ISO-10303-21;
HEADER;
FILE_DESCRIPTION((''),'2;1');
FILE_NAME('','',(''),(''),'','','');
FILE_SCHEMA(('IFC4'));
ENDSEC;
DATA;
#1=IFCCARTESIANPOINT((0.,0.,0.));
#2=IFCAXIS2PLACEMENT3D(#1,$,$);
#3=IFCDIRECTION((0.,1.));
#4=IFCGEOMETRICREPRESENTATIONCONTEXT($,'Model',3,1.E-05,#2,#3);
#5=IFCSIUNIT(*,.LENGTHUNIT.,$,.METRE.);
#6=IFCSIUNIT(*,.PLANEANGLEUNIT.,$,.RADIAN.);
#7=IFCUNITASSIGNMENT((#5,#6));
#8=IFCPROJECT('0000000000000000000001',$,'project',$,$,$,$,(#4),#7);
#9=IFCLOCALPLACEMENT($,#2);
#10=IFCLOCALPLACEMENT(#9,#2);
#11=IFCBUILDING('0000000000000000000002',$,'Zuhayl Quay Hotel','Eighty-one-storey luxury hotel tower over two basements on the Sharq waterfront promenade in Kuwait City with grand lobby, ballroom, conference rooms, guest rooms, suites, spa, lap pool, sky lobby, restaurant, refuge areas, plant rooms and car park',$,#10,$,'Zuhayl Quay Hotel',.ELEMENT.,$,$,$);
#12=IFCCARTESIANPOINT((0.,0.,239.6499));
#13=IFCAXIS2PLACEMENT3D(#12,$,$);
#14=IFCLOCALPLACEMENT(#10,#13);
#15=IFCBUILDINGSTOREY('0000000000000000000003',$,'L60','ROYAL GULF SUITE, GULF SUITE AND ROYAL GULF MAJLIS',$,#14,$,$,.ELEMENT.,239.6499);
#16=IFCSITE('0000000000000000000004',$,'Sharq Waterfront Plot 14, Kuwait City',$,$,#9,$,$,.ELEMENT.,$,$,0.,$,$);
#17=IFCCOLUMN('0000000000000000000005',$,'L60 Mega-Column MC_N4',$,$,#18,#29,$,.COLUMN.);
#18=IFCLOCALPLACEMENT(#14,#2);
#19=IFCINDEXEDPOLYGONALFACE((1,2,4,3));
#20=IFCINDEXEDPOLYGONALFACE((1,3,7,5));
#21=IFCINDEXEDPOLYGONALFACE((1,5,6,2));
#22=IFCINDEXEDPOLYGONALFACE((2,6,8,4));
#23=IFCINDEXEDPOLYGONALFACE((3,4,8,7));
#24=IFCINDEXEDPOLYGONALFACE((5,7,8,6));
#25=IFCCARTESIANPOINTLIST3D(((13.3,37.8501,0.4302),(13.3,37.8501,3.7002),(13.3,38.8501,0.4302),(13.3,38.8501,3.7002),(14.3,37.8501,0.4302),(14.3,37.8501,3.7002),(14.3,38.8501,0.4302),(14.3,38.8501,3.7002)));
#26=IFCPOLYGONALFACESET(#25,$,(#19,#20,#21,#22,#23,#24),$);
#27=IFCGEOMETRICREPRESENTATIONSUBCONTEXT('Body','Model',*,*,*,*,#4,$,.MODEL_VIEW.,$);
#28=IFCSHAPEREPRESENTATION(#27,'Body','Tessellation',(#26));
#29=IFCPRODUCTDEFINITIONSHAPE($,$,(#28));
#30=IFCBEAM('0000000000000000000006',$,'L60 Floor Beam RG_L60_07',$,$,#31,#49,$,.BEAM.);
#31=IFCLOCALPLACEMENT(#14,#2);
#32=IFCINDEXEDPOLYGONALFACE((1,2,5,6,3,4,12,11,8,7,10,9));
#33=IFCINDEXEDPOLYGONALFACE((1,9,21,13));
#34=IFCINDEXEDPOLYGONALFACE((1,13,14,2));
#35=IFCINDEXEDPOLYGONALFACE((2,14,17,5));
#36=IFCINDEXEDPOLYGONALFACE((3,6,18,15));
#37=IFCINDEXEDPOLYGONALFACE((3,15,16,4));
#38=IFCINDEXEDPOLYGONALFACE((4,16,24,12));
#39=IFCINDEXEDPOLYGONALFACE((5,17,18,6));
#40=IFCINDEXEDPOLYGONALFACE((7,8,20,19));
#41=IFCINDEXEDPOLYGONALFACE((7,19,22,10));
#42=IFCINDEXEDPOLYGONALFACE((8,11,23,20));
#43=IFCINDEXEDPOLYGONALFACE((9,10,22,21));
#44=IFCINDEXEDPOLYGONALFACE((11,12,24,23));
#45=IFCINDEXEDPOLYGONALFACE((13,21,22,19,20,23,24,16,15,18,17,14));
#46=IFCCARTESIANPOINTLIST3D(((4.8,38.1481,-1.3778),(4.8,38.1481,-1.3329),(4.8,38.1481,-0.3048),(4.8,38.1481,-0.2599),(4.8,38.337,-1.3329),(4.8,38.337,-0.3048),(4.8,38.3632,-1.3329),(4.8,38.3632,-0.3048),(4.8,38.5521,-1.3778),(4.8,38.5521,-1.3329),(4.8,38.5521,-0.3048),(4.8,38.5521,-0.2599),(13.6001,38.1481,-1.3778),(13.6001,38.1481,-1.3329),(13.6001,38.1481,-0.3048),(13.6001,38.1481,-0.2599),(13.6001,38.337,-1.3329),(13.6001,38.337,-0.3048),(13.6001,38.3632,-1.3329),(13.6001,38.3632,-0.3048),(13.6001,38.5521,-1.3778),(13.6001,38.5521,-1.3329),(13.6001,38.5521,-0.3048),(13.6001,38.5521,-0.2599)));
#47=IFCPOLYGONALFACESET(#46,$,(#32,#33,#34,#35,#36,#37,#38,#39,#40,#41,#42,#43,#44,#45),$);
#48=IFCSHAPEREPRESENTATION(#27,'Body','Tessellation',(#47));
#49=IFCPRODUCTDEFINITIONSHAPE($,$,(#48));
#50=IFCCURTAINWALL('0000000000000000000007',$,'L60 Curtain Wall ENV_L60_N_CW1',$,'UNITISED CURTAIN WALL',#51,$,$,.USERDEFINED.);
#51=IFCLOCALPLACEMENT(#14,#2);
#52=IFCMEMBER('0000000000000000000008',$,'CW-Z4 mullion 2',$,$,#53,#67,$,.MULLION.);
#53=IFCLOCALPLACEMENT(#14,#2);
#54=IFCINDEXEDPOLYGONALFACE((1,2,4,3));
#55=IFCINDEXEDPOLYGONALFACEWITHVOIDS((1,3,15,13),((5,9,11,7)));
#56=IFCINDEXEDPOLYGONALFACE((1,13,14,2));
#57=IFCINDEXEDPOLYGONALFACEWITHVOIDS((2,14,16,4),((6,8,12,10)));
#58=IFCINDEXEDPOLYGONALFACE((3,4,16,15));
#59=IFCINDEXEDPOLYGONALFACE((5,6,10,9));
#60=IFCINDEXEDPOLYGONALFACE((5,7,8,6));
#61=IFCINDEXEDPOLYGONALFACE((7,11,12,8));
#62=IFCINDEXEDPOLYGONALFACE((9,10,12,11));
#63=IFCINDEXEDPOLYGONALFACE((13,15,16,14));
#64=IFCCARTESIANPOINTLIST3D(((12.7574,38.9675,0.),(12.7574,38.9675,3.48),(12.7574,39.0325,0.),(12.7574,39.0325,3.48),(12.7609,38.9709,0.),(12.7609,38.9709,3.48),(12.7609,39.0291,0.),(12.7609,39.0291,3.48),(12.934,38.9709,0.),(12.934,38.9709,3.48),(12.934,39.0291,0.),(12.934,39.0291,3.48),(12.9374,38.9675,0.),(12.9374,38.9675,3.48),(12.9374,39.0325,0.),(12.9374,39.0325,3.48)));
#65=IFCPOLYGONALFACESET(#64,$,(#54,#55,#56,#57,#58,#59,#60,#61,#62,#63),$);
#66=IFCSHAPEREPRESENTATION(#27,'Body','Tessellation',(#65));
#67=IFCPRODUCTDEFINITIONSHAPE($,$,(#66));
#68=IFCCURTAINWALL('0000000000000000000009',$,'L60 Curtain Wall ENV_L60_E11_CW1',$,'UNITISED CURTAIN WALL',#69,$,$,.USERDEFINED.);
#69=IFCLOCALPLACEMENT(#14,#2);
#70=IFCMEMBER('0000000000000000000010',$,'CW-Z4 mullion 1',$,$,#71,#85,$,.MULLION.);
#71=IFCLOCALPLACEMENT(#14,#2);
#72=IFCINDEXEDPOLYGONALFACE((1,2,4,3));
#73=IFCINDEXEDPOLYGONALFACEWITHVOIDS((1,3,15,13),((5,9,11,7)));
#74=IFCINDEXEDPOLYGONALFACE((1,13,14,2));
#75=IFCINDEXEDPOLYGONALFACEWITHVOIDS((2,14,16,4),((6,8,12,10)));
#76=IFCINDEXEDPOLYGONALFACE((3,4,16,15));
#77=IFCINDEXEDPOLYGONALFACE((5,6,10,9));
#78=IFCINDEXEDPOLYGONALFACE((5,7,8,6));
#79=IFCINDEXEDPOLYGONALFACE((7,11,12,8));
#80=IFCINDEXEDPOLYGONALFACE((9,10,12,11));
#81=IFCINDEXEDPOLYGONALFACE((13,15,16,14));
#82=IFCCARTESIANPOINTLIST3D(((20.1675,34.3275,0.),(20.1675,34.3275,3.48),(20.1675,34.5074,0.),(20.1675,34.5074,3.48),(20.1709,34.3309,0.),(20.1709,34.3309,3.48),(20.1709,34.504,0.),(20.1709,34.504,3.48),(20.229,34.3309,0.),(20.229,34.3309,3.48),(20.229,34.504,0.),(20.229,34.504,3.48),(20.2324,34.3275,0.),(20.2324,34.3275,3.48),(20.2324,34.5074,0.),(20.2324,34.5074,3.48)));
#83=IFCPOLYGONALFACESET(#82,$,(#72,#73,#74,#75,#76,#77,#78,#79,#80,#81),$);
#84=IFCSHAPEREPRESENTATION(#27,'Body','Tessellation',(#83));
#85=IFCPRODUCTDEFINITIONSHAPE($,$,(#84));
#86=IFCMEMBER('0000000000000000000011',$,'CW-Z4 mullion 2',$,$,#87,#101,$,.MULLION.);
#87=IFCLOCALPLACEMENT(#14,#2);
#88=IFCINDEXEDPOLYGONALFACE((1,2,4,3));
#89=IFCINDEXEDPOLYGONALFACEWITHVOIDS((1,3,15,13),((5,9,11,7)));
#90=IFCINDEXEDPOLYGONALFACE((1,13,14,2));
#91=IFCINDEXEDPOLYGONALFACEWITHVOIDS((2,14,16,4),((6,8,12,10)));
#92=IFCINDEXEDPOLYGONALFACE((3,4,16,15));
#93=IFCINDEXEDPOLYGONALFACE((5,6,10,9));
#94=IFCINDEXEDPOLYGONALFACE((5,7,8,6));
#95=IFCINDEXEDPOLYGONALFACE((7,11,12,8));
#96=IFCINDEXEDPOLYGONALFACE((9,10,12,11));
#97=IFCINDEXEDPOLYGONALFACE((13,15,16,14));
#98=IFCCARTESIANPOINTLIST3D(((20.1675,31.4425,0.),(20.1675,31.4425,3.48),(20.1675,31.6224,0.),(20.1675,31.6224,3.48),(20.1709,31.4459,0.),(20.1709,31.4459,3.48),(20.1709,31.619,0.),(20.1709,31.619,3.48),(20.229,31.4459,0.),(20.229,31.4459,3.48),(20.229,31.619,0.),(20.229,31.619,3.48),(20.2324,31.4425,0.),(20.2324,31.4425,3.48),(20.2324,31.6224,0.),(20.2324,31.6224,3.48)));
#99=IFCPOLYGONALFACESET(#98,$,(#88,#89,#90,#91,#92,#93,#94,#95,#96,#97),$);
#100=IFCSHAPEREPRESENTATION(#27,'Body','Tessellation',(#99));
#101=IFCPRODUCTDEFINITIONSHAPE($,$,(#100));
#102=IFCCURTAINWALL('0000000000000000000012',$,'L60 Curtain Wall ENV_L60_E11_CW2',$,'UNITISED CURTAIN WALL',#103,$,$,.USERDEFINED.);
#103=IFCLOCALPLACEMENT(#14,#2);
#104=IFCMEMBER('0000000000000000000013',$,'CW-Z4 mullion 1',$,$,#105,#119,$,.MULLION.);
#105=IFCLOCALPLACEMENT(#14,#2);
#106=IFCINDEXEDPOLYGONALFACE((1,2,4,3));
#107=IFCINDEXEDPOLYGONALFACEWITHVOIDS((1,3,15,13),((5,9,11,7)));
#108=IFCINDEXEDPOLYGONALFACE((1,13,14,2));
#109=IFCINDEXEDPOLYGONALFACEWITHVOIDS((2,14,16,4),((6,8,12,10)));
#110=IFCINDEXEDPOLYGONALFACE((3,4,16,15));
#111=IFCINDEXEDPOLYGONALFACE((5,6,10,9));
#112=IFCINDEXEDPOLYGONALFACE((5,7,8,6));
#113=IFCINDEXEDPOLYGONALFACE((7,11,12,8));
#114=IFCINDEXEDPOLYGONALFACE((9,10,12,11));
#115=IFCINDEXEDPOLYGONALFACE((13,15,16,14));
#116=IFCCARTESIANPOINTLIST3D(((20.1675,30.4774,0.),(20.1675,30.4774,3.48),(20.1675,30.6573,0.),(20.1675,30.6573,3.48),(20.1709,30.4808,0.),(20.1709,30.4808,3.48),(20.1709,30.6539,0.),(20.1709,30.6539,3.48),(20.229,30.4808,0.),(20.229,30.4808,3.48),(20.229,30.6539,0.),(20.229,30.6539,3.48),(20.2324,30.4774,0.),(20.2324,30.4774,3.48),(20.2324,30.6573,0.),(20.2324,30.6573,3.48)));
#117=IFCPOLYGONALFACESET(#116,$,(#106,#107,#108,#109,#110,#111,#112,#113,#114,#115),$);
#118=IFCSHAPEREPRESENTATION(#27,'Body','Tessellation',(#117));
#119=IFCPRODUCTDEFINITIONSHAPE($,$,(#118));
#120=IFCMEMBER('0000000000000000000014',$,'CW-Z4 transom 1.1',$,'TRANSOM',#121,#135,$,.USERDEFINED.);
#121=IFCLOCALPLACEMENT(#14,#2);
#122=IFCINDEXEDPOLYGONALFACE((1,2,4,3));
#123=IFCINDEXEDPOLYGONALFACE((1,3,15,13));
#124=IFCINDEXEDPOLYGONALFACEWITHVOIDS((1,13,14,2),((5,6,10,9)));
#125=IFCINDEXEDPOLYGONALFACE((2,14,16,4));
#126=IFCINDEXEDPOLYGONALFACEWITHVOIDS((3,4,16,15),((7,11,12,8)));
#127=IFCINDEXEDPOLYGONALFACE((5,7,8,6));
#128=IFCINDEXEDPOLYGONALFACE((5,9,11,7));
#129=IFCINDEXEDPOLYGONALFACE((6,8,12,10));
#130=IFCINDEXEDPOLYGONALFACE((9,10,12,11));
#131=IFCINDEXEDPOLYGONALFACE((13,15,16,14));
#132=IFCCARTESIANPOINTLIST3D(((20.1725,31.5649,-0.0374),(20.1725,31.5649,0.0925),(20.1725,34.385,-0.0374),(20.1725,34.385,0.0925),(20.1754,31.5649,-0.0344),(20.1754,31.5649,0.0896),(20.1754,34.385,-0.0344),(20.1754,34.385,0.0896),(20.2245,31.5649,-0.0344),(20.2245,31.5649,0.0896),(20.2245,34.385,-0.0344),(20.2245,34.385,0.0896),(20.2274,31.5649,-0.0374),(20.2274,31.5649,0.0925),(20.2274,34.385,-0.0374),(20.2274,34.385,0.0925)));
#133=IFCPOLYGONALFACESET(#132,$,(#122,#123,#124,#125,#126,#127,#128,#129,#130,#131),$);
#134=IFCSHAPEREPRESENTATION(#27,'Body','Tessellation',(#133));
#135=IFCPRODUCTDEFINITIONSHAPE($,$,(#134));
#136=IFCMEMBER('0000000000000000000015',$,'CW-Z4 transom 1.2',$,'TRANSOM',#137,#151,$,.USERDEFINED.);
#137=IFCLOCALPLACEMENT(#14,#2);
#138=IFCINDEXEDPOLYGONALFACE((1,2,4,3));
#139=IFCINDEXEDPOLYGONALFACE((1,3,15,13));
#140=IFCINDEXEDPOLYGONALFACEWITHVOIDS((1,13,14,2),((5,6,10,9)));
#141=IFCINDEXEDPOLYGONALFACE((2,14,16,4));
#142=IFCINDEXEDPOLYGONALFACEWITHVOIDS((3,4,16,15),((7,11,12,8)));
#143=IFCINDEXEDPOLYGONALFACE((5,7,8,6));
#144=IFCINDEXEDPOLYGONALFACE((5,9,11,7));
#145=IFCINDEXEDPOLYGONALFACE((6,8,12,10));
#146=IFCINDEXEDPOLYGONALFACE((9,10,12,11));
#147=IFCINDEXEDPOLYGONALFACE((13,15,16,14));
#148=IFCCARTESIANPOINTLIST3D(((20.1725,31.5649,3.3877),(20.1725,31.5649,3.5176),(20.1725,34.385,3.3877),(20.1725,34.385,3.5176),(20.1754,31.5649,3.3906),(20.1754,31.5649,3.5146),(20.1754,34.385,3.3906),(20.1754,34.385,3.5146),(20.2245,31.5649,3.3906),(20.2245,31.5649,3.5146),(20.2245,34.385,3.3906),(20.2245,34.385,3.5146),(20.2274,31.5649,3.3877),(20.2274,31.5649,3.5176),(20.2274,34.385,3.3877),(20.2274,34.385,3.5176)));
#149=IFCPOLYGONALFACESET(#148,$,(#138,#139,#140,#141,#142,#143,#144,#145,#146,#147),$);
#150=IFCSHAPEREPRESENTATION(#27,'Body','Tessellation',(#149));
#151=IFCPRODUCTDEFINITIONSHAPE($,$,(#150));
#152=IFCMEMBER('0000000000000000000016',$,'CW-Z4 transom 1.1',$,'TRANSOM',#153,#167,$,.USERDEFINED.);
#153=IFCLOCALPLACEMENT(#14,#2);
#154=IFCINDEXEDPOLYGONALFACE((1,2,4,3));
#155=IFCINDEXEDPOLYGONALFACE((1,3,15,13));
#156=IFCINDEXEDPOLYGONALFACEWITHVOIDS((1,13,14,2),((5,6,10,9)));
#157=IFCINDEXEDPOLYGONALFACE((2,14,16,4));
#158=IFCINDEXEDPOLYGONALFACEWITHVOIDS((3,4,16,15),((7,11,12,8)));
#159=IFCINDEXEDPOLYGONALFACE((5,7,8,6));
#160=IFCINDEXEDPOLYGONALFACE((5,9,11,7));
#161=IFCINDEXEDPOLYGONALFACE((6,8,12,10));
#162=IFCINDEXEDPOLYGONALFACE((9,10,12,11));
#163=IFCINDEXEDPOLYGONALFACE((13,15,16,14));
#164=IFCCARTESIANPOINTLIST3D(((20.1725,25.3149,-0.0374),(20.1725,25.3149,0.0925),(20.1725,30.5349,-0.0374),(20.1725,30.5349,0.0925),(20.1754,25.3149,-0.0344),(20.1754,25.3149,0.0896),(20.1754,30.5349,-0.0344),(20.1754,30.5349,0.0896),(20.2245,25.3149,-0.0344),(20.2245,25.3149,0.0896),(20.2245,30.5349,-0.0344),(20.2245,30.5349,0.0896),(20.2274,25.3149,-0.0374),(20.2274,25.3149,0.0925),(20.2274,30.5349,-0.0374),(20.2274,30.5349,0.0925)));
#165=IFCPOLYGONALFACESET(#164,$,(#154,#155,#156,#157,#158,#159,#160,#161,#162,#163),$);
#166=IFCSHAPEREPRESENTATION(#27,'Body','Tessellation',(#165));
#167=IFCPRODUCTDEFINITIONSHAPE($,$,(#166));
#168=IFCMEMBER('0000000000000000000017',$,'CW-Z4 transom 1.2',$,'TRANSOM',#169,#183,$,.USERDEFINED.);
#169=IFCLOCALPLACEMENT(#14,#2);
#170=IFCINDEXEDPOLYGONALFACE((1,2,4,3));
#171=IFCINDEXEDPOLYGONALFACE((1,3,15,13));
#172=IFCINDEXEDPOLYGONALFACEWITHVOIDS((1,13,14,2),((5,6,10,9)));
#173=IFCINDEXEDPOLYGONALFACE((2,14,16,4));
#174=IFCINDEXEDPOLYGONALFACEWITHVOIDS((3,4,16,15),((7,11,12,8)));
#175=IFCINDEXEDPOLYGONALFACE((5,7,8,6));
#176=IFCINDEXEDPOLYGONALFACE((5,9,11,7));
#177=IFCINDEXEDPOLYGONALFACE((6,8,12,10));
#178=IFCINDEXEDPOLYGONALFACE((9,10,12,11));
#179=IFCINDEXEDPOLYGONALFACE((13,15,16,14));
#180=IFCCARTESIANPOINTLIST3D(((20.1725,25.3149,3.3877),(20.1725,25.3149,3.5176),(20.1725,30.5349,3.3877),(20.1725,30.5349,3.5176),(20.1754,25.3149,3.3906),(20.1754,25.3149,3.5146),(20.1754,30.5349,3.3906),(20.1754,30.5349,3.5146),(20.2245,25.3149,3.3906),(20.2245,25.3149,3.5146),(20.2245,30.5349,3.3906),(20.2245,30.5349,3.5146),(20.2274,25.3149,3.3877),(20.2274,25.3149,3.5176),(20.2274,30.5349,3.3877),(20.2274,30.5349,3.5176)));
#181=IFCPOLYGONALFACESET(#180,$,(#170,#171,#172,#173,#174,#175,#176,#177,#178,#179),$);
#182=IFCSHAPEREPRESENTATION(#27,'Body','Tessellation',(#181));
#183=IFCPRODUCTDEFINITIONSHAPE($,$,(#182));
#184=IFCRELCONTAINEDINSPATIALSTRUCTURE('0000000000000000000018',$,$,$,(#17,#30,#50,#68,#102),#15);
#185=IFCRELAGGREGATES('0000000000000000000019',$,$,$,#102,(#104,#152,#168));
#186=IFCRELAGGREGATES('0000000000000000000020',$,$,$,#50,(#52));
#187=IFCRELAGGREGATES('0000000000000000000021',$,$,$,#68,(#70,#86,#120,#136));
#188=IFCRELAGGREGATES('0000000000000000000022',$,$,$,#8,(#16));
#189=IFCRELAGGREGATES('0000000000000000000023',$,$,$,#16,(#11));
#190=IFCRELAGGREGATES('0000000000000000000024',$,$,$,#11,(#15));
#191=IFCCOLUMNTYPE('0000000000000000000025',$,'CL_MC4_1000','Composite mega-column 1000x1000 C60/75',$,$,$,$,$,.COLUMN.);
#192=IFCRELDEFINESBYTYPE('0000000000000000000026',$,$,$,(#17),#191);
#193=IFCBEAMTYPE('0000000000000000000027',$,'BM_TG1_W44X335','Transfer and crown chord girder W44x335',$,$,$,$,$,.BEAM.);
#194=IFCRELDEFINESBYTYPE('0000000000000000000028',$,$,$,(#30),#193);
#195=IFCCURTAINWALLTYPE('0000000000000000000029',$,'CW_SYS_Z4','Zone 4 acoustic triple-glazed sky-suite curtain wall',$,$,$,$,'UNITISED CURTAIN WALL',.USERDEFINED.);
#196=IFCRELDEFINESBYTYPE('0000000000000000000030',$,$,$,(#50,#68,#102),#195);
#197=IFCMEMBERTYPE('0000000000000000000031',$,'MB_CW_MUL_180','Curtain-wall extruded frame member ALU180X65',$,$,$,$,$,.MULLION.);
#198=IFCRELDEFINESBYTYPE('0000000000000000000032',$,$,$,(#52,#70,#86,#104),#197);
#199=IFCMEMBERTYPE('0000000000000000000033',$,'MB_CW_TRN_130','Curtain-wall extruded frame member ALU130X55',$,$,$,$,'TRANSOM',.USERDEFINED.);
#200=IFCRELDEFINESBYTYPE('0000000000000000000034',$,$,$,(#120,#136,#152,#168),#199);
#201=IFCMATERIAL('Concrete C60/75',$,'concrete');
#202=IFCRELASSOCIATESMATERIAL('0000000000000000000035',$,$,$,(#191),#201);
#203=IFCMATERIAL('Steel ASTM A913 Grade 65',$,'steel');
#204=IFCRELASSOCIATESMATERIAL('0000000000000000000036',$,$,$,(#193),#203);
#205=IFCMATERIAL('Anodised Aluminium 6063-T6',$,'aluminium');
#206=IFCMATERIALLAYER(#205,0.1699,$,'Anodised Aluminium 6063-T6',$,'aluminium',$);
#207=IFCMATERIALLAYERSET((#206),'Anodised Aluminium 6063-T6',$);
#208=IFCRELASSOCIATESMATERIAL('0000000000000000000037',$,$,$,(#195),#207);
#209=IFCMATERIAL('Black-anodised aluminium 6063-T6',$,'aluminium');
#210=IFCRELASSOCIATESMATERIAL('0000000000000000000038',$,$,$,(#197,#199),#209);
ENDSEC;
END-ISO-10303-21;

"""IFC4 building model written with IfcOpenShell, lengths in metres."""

from ifc_helpers import new_model, si_unit, direction, frame, origin, origin_2d, place, context, subcontext, project, spatial, rectangle, hollow_rectangle, i_section, extrude, material, layer, layer_set, material_profile, profile_set, type_object, element, aggregate, save


model = new_model("IFC4")

# Units and contexts
model_context = context("Model", 3, precision=1e-05, world=origin(), true_north=direction((0.0, 1.0)))
body_context = subcontext(model_context, "Body", "Model", "MODEL_VIEW")
ifc_project = project(units=[si_unit("LENGTHUNIT", "METRE"), si_unit("PLANEANGLEUNIT", "RADIAN")], contexts=[model_context])

# Site, building, storey
site_placement = place(None, origin())
site = spatial("IfcSite", under=ifc_project, at=site_placement, Name="Sharq Waterfront Plot 14, Kuwait City", CompositionType="ELEMENT", RefElevation=0.0)
building_placement = place(site_placement, origin())
building = spatial("IfcBuilding", under=site, at=building_placement, Name="Zuhayl Quay Hotel", Description="Eighty-one-storey luxury hotel tower over two basements on the Sharq waterfront promenade in Kuwait City with grand lobby, ballroom, conference rooms, guest rooms, suites, spa, lap pool, sky lobby, restaurant, refuge areas, plant rooms and car park", LongName="Zuhayl Quay Hotel", CompositionType="ELEMENT")
storey_placement = place(building_placement, frame((0.0, 0.0, 239.6499)))
storey = spatial("IfcBuildingStorey", under=building, at=storey_placement, Name="L60", Description="ROYAL GULF SUITE, GULF SUITE AND ROYAL GULF MAJLIS", CompositionType="ELEMENT", Elevation=239.6499)

# Column
ifc_material_1 = material(Name="Concrete C60/75", Category="concrete")
ifc_material_profile_1 = material_profile(ifc_material_1, rectangle(XDim=1.0, YDim=1.0, at=origin_2d()), Name="RC1000X1000")
ifc_profile_set_1 = profile_set([ifc_material_profile_1], Name="Concrete C60/75")
column_type = type_object("IfcColumnType", Name="CL_MC4_1000", Description="Composite mega-column 1000x1000 C60/75", PredefinedType="COLUMN", material=ifc_profile_set_1)
column_placement = place(storey_placement, frame((13.8, 38.3501, 0.4302), z_axis=(0.0, 0.0, 1.0), x_axis=(1.0, 0.0, 0.0)))
element("IfcColumn", 1, at=column_placement, inside=storey, type_object=column_type, Name="L60 Mega-Column MC_N4", PredefinedType="COLUMN", context=body_context, shape_type="SweptSolid", body=[
    extrude(rectangle(XDim=1.0, YDim=1.0, at=origin_2d()), origin(), (0.0, 0.0, 1.0), 3.27),
])

# Beam
ifc_material_2 = material(Name="Steel ASTM A913 Grade 65", Category="steel")
ifc_material_profile_2 = material_profile(ifc_material_2, i_section(OverallWidth=0.4041, OverallDepth=1.1179, WebThickness=0.0261, FlangeThickness=0.0449, at=origin_2d()), Name="W44X335")
ifc_profile_set_2 = profile_set([ifc_material_profile_2], Name="Steel ASTM A913 Grade 65")
beam_type = type_object("IfcBeamType", Name="BM_TG1_W44X335", Description="Transfer and crown chord girder W44x335", PredefinedType="BEAM", material=ifc_profile_set_2)
beam_placement = place(storey_placement, frame((13.6001, 38.3501, -0.8188), z_axis=(-1.0, 0.0, 0.0), x_axis=(0.0, -1.0, 0.0)))
element("IfcBeam", 2, at=beam_placement, inside=storey, type_object=beam_type, Name="L60 Floor Beam RG_L60_07", PredefinedType="BEAM", context=body_context, shape_type="SweptSolid", body=[
    extrude(i_section(OverallWidth=0.4041, OverallDepth=1.1179, WebThickness=0.0261, FlangeThickness=0.0449, at=origin_2d()), origin(), (0.0, 0.0, 1.0), 8.8),
])

# Curtain wall, member
ifc_material_3 = material(Name="Anodised Aluminium 6063-T6", Category="aluminium")
ifc_layer_1 = layer(ifc_material_3, 0.1699, Name="Anodised Aluminium 6063-T6", Category="aluminium")
ifc_layer_set_1 = layer_set([ifc_layer_1], Name="Anodised Aluminium 6063-T6")
curtain_wall_type = type_object("IfcCurtainWallType", Name="CW_SYS_Z4", Description="Zone 4 acoustic triple-glazed sky-suite curtain wall", ElementType="UNITISED CURTAIN WALL", PredefinedType="USERDEFINED", material=ifc_layer_set_1)
curtain_wall_1_placement = place(storey_placement, origin())
curtain_wall_1 = element("IfcCurtainWall", 3, at=curtain_wall_1_placement, inside=storey, type_object=curtain_wall_type, Name="L60 Curtain Wall ENV_L60_N_CW1", ObjectType="UNITISED CURTAIN WALL", PredefinedType="USERDEFINED")
ifc_material_4 = material(Name="Black-anodised aluminium 6063-T6", Category="aluminium")
ifc_material_profile_3 = material_profile(ifc_material_4, hollow_rectangle(XDim=0.0649, YDim=0.1799, WallThickness=0.0034, at=origin_2d()), Name="ALU180X65")
ifc_profile_set_3 = profile_set([ifc_material_profile_3], Name="Black-anodised aluminium 6063-T6")
member_type_1 = type_object("IfcMemberType", Name="MB_CW_MUL_180", Description="Curtain-wall extruded frame member ALU180X65", PredefinedType="MULLION", material=ifc_profile_set_3)
member_1_placement = place(storey_placement, frame((12.8474, 39.0, 0.0), z_axis=(0.0, 0.0, 1.0), x_axis=(0.0, 1.0, 0.0)))
member_1 = element("IfcMember", 4, at=member_1_placement, type_object=member_type_1, Name="CW-Z4 mullion 2", PredefinedType="MULLION", context=body_context, shape_type="SweptSolid", body=[
    extrude(hollow_rectangle(XDim=0.0649, YDim=0.1799, WallThickness=0.0034, at=origin_2d()), origin(), (0.0, 0.0, 1.0), 3.48),
])

# Curtain wall, members
curtain_wall_2_placement = place(storey_placement, origin())
curtain_wall_2 = element("IfcCurtainWall", 5, at=curtain_wall_2_placement, inside=storey, type_object=curtain_wall_type, Name="L60 Curtain Wall ENV_L60_E11_CW1", ObjectType="UNITISED CURTAIN WALL", PredefinedType="USERDEFINED")
member_2_placement = place(storey_placement, frame((20.2, 34.4175, 0.0), z_axis=(0.0, 0.0, 1.0), x_axis=(1.0, 0.0, 0.0)))
member_2 = element("IfcMember", 6, at=member_2_placement, type_object=member_type_1, Name="CW-Z4 mullion 1", PredefinedType="MULLION", context=body_context, shape_type="SweptSolid", body=[
    extrude(hollow_rectangle(XDim=0.0649, YDim=0.1799, WallThickness=0.0034, at=origin_2d()), origin(), (0.0, 0.0, 1.0), 3.48),
])
member_3_placement = place(storey_placement, frame((20.2, 31.5325, 0.0), z_axis=(0.0, 0.0, 1.0), x_axis=(1.0, 0.0, 0.0)))
member_3 = element("IfcMember", 7, at=member_3_placement, type_object=member_type_1, Name="CW-Z4 mullion 2", PredefinedType="MULLION", context=body_context, shape_type="SweptSolid", body=[
    extrude(hollow_rectangle(XDim=0.0649, YDim=0.1799, WallThickness=0.0034, at=origin_2d()), origin(), (0.0, 0.0, 1.0), 3.48),
])

# Curtain wall, member
curtain_wall_3_placement = place(storey_placement, origin())
curtain_wall_3 = element("IfcCurtainWall", 8, at=curtain_wall_3_placement, inside=storey, type_object=curtain_wall_type, Name="L60 Curtain Wall ENV_L60_E11_CW2", ObjectType="UNITISED CURTAIN WALL", PredefinedType="USERDEFINED")
member_4_placement = place(storey_placement, frame((20.2, 30.5674, 0.0), z_axis=(0.0, 0.0, 1.0), x_axis=(1.0, 0.0, 0.0)))
member_4 = element("IfcMember", 9, at=member_4_placement, type_object=member_type_1, Name="CW-Z4 mullion 1", PredefinedType="MULLION", context=body_context, shape_type="SweptSolid", body=[
    extrude(hollow_rectangle(XDim=0.0649, YDim=0.1799, WallThickness=0.0034, at=origin_2d()), origin(), (0.0, 0.0, 1.0), 3.48),
])

# Members
ifc_material_profile_4 = material_profile(ifc_material_4, hollow_rectangle(XDim=0.0549, YDim=0.1299, WallThickness=0.0029, at=origin_2d()), Name="ALU130X55")
ifc_profile_set_4 = profile_set([ifc_material_profile_4], Name="Black-anodised aluminium 6063-T6")
member_type_2 = type_object("IfcMemberType", Name="MB_CW_TRN_130", Description="Curtain-wall extruded frame member ALU130X55", ElementType="TRANSOM", PredefinedType="USERDEFINED", material=ifc_profile_set_4)
member_5_placement = place(storey_placement, frame((20.2, 34.385, 0.0276), z_axis=(0.0, -1.0, 0.0), x_axis=(1.0, 0.0, 0.0)))
member_5 = element("IfcMember", 10, at=member_5_placement, type_object=member_type_2, Name="CW-Z4 transom 1.1", ObjectType="TRANSOM", PredefinedType="USERDEFINED", context=body_context, shape_type="SweptSolid", body=[
    extrude(hollow_rectangle(XDim=0.0549, YDim=0.1299, WallThickness=0.0029, at=origin_2d()), origin(), (0.0, 0.0, 1.0), 2.8201),
])
member_6_placement = place(storey_placement, frame((20.2, 34.385, 3.4526), z_axis=(0.0, -1.0, 0.0), x_axis=(1.0, 0.0, 0.0)))
member_6 = element("IfcMember", 11, at=member_6_placement, type_object=member_type_2, Name="CW-Z4 transom 1.2", ObjectType="TRANSOM", PredefinedType="USERDEFINED", context=body_context, shape_type="SweptSolid", body=[
    extrude(hollow_rectangle(XDim=0.0549, YDim=0.1299, WallThickness=0.0029, at=origin_2d()), origin(), (0.0, 0.0, 1.0), 2.8201),
])
member_7_placement = place(storey_placement, frame((20.2, 30.5349, 0.0276), z_axis=(0.0, -1.0, 0.0), x_axis=(1.0, 0.0, 0.0)))
member_7 = element("IfcMember", 12, at=member_7_placement, type_object=member_type_2, Name="CW-Z4 transom 1.1", ObjectType="TRANSOM", PredefinedType="USERDEFINED", context=body_context, shape_type="SweptSolid", body=[
    extrude(hollow_rectangle(XDim=0.0549, YDim=0.1299, WallThickness=0.0029, at=origin_2d()), origin(), (0.0, 0.0, 1.0), 5.22),
])
member_8_placement = place(storey_placement, frame((20.2, 30.5349, 3.4526), z_axis=(0.0, -1.0, 0.0), x_axis=(1.0, 0.0, 0.0)))
member_8 = element("IfcMember", 13, at=member_8_placement, type_object=member_type_2, Name="CW-Z4 transom 1.2", ObjectType="TRANSOM", PredefinedType="USERDEFINED", context=body_context, shape_type="SweptSolid", body=[
    extrude(hollow_rectangle(XDim=0.0549, YDim=0.1299, WallThickness=0.0029, at=origin_2d()), origin(), (0.0, 0.0, 1.0), 5.22),
])
aggregate(curtain_wall_3, [member_4, member_7, member_8])

aggregate(curtain_wall_1, [member_1])
aggregate(curtain_wall_2, [member_2, member_3, member_5, member_6])

save(model, "model.ifc")
